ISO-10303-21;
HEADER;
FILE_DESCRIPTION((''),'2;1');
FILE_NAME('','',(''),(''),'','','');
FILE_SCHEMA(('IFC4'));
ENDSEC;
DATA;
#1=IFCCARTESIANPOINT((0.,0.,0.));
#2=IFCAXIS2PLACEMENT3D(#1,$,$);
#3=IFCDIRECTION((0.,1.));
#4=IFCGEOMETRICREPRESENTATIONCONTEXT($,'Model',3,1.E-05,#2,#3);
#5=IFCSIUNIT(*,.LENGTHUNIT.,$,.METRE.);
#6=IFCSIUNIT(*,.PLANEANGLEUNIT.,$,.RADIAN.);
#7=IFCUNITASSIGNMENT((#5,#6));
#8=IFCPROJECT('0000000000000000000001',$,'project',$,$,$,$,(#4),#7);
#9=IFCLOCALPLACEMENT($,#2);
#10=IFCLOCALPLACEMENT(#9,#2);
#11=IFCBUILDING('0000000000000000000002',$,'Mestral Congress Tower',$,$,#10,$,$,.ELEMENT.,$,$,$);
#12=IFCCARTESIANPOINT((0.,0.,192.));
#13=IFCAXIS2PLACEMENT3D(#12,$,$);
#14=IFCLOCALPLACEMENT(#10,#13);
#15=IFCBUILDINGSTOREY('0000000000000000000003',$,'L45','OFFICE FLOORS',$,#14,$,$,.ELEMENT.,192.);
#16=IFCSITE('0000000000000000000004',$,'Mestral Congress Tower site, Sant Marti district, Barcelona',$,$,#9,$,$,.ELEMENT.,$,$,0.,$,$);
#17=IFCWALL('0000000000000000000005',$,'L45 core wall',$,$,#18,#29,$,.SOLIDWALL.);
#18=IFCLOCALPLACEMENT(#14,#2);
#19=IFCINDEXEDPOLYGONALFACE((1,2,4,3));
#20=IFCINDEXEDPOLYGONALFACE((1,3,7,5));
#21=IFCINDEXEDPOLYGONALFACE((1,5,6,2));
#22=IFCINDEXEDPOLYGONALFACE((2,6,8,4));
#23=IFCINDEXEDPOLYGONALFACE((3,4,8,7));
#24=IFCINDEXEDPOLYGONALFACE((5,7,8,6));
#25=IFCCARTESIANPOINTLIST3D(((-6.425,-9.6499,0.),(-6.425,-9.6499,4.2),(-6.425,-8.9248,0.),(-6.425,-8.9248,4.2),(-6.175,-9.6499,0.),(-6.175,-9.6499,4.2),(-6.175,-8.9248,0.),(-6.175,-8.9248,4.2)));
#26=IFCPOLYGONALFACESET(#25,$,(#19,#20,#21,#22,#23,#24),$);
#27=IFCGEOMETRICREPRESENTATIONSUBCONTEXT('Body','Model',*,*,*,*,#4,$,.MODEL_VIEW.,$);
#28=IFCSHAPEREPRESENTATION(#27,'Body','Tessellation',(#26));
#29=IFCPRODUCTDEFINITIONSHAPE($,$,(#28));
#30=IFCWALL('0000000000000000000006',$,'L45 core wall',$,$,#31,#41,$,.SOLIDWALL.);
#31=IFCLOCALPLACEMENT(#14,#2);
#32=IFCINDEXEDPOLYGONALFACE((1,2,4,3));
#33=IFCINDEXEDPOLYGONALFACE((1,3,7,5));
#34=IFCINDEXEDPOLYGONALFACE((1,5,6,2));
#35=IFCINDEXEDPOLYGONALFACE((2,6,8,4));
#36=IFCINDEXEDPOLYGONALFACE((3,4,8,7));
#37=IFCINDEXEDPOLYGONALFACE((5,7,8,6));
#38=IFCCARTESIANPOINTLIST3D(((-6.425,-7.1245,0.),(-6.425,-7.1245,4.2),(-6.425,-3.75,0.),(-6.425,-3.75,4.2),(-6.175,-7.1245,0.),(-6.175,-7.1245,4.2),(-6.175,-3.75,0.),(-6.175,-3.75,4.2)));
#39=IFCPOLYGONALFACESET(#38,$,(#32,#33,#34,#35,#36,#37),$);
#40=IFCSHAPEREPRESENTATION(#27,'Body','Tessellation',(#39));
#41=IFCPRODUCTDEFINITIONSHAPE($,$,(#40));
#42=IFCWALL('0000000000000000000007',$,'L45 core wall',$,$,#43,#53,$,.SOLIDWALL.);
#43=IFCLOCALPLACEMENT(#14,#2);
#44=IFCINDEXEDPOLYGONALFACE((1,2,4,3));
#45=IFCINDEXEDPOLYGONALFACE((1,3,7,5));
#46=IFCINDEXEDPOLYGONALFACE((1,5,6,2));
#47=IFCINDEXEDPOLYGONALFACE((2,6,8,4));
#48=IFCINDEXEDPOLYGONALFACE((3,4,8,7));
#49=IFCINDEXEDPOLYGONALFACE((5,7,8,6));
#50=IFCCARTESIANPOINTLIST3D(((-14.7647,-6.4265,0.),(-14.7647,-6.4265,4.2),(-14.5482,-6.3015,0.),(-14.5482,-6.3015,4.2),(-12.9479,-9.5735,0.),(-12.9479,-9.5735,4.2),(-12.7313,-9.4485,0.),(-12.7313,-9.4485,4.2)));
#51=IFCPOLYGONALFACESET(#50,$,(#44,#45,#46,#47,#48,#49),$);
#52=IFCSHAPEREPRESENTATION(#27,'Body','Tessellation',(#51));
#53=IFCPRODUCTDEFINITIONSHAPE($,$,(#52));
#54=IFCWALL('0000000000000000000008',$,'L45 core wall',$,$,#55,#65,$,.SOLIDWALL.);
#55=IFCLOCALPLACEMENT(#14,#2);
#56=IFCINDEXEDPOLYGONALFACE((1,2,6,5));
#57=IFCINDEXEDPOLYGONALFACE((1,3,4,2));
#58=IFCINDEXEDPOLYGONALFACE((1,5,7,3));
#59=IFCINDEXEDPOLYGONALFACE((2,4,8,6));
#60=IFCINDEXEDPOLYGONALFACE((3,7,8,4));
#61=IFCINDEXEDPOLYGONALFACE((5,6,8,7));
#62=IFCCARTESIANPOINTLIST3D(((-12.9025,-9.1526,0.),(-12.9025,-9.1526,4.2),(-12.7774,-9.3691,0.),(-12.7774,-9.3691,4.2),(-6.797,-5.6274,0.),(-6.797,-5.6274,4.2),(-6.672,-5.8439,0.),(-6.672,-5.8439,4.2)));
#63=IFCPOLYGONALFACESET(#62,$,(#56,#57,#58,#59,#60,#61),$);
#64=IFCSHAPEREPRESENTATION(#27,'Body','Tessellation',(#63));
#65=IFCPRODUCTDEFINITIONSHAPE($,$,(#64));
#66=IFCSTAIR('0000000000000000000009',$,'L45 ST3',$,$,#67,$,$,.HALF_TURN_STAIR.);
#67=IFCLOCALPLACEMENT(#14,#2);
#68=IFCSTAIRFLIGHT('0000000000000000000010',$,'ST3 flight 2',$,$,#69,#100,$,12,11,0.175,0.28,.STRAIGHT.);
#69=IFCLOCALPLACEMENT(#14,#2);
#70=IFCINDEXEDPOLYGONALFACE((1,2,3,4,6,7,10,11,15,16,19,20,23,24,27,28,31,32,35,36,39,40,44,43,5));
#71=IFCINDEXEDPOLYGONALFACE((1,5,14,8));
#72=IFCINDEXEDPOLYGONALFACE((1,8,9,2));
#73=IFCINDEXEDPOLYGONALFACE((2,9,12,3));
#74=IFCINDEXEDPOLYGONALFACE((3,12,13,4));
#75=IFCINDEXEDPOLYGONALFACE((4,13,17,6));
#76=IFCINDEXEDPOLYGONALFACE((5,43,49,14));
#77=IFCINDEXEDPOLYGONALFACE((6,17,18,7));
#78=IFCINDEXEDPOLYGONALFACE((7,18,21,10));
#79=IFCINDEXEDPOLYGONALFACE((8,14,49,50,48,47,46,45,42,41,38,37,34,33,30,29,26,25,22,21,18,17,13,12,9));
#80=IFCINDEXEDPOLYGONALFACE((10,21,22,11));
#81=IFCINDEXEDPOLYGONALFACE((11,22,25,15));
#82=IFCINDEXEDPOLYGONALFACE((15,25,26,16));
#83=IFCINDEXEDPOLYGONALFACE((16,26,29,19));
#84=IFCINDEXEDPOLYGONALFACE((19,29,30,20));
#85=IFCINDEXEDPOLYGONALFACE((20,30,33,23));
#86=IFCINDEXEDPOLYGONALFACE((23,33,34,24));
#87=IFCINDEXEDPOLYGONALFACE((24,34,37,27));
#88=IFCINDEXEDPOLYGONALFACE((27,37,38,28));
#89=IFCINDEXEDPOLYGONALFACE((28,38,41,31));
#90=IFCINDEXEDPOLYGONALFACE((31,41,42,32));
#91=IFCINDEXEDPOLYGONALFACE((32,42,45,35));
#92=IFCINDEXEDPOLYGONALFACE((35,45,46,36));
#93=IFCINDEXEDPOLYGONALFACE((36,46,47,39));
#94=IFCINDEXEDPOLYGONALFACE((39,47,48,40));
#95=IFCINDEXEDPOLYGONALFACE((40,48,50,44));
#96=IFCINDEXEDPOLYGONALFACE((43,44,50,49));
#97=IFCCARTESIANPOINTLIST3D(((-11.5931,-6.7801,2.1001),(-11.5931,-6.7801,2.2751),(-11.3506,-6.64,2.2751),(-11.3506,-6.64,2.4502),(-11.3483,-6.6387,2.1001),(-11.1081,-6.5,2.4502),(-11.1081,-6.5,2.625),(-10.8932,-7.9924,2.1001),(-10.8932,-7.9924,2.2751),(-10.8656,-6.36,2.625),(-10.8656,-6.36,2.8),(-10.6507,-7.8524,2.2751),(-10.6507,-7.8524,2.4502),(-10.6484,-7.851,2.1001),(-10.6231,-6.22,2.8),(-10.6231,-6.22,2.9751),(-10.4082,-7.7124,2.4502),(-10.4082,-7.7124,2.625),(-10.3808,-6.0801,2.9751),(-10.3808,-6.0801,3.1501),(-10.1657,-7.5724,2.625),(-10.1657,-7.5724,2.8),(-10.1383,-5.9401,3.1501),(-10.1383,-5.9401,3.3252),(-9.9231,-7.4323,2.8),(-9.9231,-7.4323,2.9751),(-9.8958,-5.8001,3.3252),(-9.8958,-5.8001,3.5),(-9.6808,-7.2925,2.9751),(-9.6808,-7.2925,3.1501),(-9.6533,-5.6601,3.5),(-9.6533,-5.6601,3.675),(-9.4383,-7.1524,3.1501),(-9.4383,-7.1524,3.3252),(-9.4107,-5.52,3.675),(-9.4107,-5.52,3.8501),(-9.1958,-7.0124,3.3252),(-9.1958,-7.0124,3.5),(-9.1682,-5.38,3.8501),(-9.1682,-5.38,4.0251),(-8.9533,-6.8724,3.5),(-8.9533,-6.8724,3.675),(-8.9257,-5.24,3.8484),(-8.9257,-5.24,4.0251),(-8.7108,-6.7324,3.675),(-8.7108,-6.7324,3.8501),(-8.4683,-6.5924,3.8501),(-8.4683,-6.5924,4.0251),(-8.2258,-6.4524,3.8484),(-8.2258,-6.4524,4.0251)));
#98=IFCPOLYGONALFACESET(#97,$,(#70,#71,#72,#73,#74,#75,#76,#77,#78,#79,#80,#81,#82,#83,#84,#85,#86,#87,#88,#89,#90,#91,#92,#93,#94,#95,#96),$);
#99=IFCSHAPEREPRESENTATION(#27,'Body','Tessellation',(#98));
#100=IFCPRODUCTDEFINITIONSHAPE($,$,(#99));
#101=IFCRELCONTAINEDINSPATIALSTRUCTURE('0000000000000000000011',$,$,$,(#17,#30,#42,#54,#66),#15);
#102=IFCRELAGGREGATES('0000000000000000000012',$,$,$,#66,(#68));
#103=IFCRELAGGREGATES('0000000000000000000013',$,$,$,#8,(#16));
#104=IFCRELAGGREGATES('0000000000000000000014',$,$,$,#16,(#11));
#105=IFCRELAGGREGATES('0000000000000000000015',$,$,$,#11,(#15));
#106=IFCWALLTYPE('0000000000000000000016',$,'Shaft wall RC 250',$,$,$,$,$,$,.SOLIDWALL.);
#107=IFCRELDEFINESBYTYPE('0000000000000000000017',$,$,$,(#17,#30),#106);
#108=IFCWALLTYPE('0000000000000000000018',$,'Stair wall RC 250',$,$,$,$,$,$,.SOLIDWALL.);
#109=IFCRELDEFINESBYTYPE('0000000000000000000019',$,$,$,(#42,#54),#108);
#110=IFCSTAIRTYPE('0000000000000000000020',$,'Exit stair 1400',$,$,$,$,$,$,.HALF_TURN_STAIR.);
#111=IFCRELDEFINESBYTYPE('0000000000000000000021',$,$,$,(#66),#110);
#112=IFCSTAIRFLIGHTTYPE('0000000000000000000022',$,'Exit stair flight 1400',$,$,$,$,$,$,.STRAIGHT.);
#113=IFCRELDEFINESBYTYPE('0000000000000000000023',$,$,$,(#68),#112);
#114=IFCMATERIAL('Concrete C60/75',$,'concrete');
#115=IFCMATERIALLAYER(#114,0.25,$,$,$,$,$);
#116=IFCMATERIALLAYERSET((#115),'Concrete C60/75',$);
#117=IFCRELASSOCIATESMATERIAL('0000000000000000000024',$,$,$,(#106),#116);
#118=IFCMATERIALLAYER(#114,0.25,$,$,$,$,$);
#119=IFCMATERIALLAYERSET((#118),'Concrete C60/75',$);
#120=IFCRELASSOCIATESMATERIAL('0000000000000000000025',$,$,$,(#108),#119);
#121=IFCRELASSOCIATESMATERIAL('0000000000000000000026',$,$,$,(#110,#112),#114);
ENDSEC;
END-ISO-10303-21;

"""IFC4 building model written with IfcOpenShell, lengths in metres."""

from ifc_helpers import new_model, si_unit, direction, frame, frame_2d, origin, place, context, subcontext, project, spatial, polyline, rectangle, outline, extrude, material, layer, layer_set, type_object, element, aggregate, save


model = new_model("IFC4")

# Units and contexts
model_context = context("Model", 3, precision=1e-05, world=origin(), true_north=direction((0.0, 1.0)))
body_context = subcontext(model_context, "Body", "Model", "MODEL_VIEW")
ifc_project = project(units=[si_unit("LENGTHUNIT", "METRE"), si_unit("PLANEANGLEUNIT", "RADIAN")], contexts=[model_context])

# Site, building, storey
site_placement = place(None, origin())
site = spatial("IfcSite", under=ifc_project, at=site_placement, Name="Mestral Congress Tower site, Sant Marti district, Barcelona", CompositionType="ELEMENT", RefElevation=0.0)
building_placement = place(site_placement, origin())
building = spatial("IfcBuilding", under=site, at=building_placement, Name="Mestral Congress Tower", CompositionType="ELEMENT")
storey_placement = place(building_placement, frame((0.0, 0.0, 192.0)))
storey = spatial("IfcBuildingStorey", under=building, at=storey_placement, Name="L45", Description="OFFICE FLOORS", CompositionType="ELEMENT", Elevation=192.0)

# Shared definitions
ifc_material_1 = material(Name="Concrete C60/75", Category="concrete")

# Walls
ifc_layer_1 = layer(ifc_material_1, 0.25)
ifc_layer_set_1 = layer_set([ifc_layer_1], Name="Concrete C60/75")
wall_type_1 = type_object("IfcWallType", Name="Shaft wall RC 250", PredefinedType="SOLIDWALL", material=ifc_layer_set_1)
wall_1_placement = place(storey_placement, frame((-6.3, -8.9248, 0.0), z_axis=(0.0, 0.0, 1.0), x_axis=(0.0, -1.0, 0.0)))
element("IfcWall", 1, at=wall_1_placement, inside=storey, type_object=wall_type_1, Name="L45 core wall", PredefinedType="SOLIDWALL", context=body_context, shape_type="SweptSolid", body=[
    extrude(rectangle(XDim=0.7251, YDim=0.25, at=frame_2d((0.3625, 0.0))), origin(), (0.0, 0.0, 1.0), 4.2),
])
wall_2_placement = place(storey_placement, frame((-6.3, -7.1245, 0.0), z_axis=(0.0, 0.0, 1.0), x_axis=(0.0, 1.0, 0.0)))
element("IfcWall", 2, at=wall_2_placement, inside=storey, type_object=wall_type_1, Name="L45 core wall", PredefinedType="SOLIDWALL", context=body_context, shape_type="SweptSolid", body=[
    extrude(rectangle(XDim=3.3745, YDim=0.25, at=frame_2d((1.6873, 0.0))), origin(), (0.0, 0.0, 1.0), 4.2),
])
ifc_layer_2 = layer(ifc_material_1, 0.25)
ifc_layer_set_2 = layer_set([ifc_layer_2], Name="Concrete C60/75")
wall_type_2 = type_object("IfcWallType", Name="Stair wall RC 250", PredefinedType="SOLIDWALL", material=ifc_layer_set_2)
wall_3_placement = place(storey_placement, frame((-12.8396, -9.511, 0.0), z_axis=(0.0, 0.0, 1.0), x_axis=(-0.499998, 0.866027, 0.0)))
element("IfcWall", 3, at=wall_3_placement, inside=storey, type_object=wall_type_2, Name="L45 core wall", PredefinedType="SOLIDWALL", context=body_context, shape_type="SweptSolid", body=[
    extrude(rectangle(XDim=3.6338, YDim=0.25, at=frame_2d((1.8169, 0.0))), origin(), (0.0, 0.0, 1.0), 4.2),
])
wall_4_placement = place(storey_placement, frame((-12.8398, -9.2607, 0.0), z_axis=(0.0, 0.0, 1.0), x_axis=(0.866016, 0.500016, 0.0)))
element("IfcWall", 4, at=wall_4_placement, inside=storey, type_object=wall_type_2, Name="L45 core wall", PredefinedType="SOLIDWALL", context=body_context, shape_type="SweptSolid", body=[
    extrude(rectangle(XDim=7.05, YDim=0.25, at=frame_2d((3.5249, 0.0))), origin(), (0.0, 0.0, 1.0), 4.2),
])

# Stair, stair flight
stair_type = type_object("IfcStairType", Name="Exit stair 1400", PredefinedType="HALF_TURN_STAIR", material=ifc_material_1)
stair_placement = place(storey_placement, origin())
stair = element("IfcStair", 5, at=stair_placement, inside=storey, type_object=stair_type, Name="L45 ST3", PredefinedType="HALF_TURN_STAIR")
stair_flight_type = type_object("IfcStairFlightType", Name="Exit stair flight 1400", PredefinedType="STRAIGHT", material=ifc_material_1)
stair_flight_placement = place(storey_placement, frame((-11.2432, -7.3862, 2.1001), z_axis=(0.0, 0.0, 1.0), x_axis=(0.866025, 0.5, 0.0)))
stair_flight = element("IfcStairFlight", 6, at=stair_flight_placement, type_object=stair_flight_type, Name="ST3 flight 2", NumberOfRisers=12, NumberOfTreads=11, PredefinedType="STRAIGHT", RiserHeight=0.175, TreadLength=0.28, context=body_context, shape_type="SweptSolid", body=[
    extrude(outline(polyline([(0.0, 0.0), (0.0, 0.175), (0.28, 0.175), (0.28, 0.3501), (0.5601, 0.3501), (0.5601, 0.5249), (0.8401, 0.5249), (0.8401, 0.7), (1.1201, 0.7), (1.1201, 0.875), (1.3999, 0.875), (1.3999, 1.05), (1.6799, 1.05), (1.6799, 1.2251), (1.96, 1.2251), (1.96, 1.3999), (2.24, 1.3999), (2.24, 1.575), (2.52, 1.575), (2.52, 1.75), (2.8, 1.75), (2.8, 1.925), (3.0801, 1.925), (3.0801, 2.1001), (3.0801, 1.7483), (0.2827, 0.0), (0.0, 0.0)])), frame((0.0, 0.7, 0.0), z_axis=(0.0, -1.0, 0.0), x_axis=(1.0, 0.0, 0.0)), (0.0, 0.0, 1.0), 1.3999),
])
aggregate(stair, [stair_flight])

save(model, "model.ifc")
